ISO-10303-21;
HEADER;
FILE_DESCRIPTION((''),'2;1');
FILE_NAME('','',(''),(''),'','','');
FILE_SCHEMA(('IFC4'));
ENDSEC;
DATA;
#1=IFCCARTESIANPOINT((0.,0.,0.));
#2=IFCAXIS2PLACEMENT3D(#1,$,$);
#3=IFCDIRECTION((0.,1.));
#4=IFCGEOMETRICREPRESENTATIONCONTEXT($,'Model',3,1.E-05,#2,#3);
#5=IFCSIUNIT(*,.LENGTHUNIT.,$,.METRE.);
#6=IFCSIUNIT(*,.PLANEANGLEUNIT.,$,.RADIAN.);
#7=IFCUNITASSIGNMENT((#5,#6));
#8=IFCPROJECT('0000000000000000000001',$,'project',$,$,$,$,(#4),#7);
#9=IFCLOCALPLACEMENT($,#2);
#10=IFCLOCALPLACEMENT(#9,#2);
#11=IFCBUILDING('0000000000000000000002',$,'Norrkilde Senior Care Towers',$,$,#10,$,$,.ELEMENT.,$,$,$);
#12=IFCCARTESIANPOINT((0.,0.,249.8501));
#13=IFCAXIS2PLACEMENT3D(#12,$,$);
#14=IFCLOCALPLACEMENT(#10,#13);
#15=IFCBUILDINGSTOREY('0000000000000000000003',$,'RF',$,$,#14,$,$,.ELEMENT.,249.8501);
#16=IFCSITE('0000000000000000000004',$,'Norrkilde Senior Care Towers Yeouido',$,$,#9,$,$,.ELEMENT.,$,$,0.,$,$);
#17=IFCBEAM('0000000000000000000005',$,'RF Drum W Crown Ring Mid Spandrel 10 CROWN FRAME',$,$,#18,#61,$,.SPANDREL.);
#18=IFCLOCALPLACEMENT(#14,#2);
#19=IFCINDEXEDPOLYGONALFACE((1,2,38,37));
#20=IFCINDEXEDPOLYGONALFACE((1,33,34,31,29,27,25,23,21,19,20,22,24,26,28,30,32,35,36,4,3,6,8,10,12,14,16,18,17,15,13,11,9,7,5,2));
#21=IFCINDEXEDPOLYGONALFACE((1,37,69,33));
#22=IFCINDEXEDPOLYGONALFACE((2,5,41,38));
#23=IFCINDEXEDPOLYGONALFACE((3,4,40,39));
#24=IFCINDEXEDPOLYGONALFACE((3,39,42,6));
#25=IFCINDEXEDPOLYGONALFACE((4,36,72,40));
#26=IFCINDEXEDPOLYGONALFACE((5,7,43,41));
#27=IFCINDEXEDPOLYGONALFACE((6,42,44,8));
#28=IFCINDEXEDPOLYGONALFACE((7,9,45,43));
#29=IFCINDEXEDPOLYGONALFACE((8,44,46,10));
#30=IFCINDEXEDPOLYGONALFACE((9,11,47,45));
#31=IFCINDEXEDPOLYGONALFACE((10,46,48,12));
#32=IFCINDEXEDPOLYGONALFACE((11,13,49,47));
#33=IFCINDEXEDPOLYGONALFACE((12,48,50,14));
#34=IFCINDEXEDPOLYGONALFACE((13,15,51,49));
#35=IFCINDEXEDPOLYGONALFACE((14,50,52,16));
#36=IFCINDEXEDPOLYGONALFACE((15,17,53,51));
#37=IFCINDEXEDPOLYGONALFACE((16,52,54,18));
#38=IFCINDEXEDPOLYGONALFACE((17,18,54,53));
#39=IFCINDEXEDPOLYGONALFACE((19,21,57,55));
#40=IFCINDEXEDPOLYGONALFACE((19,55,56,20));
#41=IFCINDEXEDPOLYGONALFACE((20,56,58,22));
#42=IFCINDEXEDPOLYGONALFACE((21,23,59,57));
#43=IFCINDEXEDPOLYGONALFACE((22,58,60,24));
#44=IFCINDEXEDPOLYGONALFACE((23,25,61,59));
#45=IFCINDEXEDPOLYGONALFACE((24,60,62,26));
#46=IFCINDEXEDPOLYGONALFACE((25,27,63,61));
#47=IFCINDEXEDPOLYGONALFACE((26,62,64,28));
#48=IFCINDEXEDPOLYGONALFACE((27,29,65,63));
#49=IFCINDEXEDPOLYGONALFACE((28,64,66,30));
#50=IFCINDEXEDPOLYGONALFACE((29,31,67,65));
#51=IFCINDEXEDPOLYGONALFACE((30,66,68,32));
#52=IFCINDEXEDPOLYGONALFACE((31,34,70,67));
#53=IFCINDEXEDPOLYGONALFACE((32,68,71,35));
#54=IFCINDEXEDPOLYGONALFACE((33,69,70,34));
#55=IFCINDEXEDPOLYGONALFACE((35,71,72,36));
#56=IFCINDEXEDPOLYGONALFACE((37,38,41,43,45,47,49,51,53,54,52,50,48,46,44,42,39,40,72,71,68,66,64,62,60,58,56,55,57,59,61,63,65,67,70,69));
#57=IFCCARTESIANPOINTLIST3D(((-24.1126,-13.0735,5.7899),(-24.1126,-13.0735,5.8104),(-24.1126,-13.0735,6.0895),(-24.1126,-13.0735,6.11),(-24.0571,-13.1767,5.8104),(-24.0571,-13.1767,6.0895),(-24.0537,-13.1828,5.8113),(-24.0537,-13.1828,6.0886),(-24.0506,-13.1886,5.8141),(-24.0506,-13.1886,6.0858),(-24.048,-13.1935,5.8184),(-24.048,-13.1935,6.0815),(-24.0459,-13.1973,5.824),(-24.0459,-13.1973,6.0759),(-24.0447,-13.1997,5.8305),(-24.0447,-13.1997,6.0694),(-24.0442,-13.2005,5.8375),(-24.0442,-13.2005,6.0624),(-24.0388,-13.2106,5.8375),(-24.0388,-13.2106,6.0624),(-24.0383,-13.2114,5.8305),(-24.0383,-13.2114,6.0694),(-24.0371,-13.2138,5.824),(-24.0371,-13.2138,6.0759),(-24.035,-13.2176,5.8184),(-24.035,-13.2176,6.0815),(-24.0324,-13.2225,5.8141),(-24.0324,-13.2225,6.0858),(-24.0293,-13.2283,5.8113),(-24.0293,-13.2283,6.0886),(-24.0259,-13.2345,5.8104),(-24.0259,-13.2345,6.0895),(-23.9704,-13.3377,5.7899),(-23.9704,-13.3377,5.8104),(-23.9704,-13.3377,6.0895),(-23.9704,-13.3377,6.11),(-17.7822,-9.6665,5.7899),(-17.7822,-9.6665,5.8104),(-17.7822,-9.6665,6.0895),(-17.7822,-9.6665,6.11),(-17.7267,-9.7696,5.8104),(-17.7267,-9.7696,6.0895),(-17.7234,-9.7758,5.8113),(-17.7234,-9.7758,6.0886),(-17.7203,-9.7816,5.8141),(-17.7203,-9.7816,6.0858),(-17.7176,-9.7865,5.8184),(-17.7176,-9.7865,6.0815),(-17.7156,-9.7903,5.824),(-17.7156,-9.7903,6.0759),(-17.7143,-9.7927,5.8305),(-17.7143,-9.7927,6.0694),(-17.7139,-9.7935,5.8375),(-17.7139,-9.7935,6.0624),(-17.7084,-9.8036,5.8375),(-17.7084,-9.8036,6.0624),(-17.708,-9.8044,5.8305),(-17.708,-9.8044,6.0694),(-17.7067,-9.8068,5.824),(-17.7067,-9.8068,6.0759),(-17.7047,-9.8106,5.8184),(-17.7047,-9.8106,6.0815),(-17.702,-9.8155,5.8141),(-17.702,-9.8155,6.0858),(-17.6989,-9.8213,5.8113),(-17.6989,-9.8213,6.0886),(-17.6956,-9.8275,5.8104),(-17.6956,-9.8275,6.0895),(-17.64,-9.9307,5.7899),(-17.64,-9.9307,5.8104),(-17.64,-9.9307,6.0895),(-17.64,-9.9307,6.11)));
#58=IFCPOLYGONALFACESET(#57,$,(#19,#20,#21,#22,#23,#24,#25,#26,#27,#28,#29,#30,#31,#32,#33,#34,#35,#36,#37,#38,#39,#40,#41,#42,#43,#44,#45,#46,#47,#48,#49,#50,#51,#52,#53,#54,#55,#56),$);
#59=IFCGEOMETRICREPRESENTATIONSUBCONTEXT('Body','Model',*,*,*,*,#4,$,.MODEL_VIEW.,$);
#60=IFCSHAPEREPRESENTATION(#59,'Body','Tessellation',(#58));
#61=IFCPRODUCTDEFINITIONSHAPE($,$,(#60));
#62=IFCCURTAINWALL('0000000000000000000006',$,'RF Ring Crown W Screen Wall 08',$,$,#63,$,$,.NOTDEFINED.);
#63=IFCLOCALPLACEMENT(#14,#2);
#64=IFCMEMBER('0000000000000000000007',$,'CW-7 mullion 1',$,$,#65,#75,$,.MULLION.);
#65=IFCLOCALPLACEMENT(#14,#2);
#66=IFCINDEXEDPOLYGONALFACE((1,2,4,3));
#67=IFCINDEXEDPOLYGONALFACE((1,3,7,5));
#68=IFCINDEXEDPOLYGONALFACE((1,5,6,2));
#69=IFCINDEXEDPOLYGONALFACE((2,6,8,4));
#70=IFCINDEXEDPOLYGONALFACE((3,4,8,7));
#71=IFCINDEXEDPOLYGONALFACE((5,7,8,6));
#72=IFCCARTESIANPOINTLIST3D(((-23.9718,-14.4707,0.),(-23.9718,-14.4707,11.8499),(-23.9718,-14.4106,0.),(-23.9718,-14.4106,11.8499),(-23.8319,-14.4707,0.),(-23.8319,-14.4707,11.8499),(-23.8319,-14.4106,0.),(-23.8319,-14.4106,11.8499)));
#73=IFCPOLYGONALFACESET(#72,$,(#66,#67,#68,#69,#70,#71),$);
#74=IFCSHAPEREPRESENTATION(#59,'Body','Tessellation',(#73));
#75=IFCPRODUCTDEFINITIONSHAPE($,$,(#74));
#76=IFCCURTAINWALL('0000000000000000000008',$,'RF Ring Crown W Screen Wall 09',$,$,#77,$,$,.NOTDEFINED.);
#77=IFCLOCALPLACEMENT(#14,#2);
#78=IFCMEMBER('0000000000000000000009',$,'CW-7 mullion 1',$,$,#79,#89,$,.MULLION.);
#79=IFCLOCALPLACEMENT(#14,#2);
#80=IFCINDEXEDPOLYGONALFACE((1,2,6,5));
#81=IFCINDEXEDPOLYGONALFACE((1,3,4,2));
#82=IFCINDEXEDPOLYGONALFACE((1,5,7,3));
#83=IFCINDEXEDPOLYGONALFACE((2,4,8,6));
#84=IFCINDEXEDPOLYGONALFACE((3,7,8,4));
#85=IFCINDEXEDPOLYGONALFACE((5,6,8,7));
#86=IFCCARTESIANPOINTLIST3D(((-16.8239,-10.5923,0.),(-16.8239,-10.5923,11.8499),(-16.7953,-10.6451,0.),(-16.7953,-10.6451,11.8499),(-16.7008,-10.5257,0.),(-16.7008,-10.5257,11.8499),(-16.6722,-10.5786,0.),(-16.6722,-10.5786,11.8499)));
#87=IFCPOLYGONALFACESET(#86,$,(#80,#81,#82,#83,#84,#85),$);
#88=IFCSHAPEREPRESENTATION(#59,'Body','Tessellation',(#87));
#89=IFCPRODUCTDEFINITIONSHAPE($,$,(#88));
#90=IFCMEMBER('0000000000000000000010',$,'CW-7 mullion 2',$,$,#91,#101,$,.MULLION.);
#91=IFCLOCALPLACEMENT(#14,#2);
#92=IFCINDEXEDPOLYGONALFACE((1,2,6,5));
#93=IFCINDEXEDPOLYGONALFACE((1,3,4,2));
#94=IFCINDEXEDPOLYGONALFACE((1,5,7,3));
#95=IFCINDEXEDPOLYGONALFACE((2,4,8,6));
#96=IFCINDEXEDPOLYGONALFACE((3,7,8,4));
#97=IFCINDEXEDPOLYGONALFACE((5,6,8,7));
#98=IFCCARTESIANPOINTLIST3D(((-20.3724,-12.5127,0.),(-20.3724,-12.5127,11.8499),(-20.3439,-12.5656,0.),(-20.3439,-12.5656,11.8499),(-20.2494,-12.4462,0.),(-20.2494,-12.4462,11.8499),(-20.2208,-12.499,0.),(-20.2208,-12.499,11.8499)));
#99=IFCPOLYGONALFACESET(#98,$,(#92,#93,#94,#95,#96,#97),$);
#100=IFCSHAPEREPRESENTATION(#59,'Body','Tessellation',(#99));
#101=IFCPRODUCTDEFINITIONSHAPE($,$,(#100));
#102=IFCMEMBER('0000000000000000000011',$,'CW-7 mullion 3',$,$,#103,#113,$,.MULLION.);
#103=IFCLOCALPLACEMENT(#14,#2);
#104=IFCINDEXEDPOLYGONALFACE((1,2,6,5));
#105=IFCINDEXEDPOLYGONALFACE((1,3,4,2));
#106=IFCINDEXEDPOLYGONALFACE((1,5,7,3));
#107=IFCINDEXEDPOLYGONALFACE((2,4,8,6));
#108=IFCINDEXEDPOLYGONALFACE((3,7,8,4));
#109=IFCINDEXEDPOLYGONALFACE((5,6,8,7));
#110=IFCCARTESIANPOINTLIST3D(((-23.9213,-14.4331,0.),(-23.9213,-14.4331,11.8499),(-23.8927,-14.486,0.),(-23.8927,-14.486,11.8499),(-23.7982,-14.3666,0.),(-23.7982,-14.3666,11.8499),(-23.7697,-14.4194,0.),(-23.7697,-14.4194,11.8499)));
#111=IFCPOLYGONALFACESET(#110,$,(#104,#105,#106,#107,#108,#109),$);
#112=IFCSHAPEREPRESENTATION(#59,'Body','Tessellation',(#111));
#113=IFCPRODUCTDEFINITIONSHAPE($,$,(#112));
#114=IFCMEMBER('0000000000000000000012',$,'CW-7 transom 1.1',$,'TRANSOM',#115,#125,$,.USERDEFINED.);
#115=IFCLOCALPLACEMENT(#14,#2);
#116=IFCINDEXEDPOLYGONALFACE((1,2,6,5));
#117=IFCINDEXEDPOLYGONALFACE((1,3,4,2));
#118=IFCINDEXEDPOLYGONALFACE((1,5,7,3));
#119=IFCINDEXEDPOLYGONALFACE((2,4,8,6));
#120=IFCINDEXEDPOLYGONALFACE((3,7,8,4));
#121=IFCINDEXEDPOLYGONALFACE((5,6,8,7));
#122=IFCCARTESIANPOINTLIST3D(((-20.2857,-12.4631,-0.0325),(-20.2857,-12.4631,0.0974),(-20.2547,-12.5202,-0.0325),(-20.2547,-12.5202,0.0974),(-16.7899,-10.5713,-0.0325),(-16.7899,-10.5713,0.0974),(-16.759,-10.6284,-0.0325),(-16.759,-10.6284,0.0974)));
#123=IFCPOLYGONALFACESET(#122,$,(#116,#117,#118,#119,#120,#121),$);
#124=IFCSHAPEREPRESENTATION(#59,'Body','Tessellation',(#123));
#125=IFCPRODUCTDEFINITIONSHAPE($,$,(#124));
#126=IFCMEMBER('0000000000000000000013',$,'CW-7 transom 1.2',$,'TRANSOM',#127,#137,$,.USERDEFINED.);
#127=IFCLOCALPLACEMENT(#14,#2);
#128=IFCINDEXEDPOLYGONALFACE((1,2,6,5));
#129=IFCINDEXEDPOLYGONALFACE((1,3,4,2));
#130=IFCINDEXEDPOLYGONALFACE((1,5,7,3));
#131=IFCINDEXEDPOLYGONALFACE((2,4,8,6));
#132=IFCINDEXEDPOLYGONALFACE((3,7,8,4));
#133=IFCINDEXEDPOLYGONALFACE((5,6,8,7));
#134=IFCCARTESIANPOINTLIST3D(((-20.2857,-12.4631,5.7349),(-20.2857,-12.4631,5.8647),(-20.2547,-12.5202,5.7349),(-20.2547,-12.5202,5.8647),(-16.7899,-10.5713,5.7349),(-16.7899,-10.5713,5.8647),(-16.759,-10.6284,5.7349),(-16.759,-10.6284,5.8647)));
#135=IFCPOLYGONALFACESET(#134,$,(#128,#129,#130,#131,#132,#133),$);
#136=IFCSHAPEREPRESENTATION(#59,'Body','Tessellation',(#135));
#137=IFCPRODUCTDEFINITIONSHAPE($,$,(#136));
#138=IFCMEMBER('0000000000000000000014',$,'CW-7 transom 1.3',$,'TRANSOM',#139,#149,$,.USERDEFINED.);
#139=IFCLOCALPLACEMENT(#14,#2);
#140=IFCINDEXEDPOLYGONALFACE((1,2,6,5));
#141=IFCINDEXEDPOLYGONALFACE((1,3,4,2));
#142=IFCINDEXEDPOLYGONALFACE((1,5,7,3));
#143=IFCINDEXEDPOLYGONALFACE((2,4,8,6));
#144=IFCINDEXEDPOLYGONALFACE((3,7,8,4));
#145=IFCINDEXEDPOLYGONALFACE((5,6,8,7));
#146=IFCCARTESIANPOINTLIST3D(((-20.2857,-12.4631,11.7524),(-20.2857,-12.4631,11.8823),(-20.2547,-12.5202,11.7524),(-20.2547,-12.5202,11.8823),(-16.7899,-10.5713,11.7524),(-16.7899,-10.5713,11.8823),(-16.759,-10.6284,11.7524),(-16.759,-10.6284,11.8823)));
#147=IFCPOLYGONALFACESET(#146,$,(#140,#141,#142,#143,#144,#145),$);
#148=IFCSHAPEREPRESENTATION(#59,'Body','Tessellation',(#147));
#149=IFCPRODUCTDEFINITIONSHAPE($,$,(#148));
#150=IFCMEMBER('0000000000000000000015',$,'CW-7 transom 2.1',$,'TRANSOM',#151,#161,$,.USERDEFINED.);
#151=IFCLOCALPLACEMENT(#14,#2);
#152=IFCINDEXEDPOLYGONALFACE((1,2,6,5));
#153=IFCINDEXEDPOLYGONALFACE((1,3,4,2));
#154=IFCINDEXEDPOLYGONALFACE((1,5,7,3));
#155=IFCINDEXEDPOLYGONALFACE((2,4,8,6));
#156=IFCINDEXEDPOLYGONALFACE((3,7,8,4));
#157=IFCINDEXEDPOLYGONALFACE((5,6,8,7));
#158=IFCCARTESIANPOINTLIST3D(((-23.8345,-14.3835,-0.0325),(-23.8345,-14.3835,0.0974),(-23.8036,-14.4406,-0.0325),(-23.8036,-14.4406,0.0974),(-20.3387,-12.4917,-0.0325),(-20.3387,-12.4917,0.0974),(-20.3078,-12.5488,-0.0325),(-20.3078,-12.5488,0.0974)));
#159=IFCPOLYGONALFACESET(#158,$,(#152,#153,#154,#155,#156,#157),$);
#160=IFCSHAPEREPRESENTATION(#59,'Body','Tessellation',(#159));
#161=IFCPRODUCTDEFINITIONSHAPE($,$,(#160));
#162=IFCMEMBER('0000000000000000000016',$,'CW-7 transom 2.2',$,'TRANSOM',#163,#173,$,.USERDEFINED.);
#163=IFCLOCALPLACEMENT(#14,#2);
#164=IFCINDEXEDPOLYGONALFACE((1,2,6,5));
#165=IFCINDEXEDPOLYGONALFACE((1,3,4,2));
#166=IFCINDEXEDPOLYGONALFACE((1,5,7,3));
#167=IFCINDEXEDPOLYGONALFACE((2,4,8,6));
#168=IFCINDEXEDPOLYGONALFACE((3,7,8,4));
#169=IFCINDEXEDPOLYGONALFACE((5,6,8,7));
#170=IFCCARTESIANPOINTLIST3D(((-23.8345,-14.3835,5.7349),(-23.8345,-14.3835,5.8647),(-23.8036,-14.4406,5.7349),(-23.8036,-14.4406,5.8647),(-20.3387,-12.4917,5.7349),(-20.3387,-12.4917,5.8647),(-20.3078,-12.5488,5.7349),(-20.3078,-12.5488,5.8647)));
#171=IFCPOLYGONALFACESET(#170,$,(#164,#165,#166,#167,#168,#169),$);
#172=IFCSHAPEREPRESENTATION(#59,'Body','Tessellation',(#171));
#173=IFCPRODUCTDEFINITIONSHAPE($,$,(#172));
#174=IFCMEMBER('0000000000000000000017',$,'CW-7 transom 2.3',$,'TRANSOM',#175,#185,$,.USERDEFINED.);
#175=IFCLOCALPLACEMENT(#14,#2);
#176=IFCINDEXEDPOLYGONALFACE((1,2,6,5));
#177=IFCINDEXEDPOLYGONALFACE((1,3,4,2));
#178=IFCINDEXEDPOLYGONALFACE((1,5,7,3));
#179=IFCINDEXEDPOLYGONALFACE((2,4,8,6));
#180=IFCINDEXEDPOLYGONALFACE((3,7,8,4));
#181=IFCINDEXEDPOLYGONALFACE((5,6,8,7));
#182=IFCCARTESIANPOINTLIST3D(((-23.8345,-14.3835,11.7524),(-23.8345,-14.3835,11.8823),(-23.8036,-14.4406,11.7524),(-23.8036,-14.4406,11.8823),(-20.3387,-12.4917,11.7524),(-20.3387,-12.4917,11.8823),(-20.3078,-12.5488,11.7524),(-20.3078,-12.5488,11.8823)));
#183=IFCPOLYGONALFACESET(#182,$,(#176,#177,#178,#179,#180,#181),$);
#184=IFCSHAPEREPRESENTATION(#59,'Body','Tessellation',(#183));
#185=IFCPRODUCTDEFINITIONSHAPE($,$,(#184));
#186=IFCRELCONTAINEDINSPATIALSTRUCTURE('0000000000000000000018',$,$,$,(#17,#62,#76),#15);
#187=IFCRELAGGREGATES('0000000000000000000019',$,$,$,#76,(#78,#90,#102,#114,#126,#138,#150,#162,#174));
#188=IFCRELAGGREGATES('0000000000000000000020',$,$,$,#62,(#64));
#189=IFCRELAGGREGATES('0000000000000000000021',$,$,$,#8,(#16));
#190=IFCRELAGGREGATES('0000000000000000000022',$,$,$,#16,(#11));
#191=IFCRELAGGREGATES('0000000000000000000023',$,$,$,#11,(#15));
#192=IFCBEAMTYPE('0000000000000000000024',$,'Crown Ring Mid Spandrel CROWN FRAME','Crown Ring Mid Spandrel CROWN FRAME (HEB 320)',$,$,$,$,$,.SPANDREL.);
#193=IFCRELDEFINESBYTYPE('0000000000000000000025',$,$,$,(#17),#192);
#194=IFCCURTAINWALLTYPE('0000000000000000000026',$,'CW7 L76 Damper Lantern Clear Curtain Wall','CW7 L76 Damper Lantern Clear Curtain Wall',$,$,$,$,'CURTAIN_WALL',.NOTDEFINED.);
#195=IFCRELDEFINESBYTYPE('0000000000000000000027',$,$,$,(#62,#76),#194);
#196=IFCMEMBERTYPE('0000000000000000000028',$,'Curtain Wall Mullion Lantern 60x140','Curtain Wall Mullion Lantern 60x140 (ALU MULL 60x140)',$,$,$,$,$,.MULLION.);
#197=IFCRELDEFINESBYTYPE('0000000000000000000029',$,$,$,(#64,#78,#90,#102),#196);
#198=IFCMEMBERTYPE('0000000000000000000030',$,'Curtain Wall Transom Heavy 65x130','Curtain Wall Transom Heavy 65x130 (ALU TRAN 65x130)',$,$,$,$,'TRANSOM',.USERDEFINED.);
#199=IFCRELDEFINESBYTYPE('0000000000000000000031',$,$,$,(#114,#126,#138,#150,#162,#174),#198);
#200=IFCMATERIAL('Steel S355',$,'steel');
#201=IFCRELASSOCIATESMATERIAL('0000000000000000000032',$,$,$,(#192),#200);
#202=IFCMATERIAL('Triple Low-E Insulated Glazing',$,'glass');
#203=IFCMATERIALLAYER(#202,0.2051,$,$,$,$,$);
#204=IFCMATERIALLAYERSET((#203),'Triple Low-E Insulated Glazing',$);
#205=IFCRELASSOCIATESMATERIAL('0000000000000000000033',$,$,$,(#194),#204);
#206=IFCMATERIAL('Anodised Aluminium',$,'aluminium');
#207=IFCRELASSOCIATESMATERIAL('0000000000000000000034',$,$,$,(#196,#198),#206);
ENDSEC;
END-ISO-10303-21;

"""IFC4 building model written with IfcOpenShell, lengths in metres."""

from ifc_helpers import new_model, si_unit, direction, frame, origin, origin_2d, place, context, subcontext, project, spatial, rectangle, i_section, extrude, source, transform, mapped, material, layer, layer_set, material_profile, profile_set, type_object, type_shapes, element, aggregate, save


model = new_model("IFC4")

# Units and contexts
model_context = context("Model", 3, precision=1e-05, world=origin(), true_north=direction((0.0, 1.0)))
body_context = subcontext(model_context, "Body", "Model", "MODEL_VIEW")
ifc_project = project(units=[si_unit("LENGTHUNIT", "METRE"), si_unit("PLANEANGLEUNIT", "RADIAN")], contexts=[model_context])

# Site, building, storey
site_placement = place(None, origin())
site = spatial("IfcSite", under=ifc_project, at=site_placement, Name="Norrkilde Senior Care Towers Yeouido", CompositionType="ELEMENT", RefElevation=0.0)
building_placement = place(site_placement, origin())
building = spatial("IfcBuilding", under=site, at=building_placement, Name="Norrkilde Senior Care Towers", CompositionType="ELEMENT")
storey_placement = place(building_placement, frame((0.0, 0.0, 249.8501)))
storey = spatial("IfcBuildingStorey", under=building, at=storey_placement, Name="RF", CompositionType="ELEMENT", Elevation=249.8501)

# Shared definitions
ifc_material_1 = material(Name="Steel S355", Category="steel")

# Shared definitions
ifc_material_profile_1 = material_profile(ifc_material_1, i_section(OverallWidth=0.3, OverallDepth=0.3201, WebThickness=0.0115, FlangeThickness=0.0205, FilletRadius=0.0271, at=origin_2d()), Name="HEB 320")
ifc_profile_set_1 = profile_set([ifc_material_profile_1], Name="Steel S355")
beam_type_1 = type_object("IfcBeamType", Name="Crown Ring Mid Spandrel CROWN FRAME", Description="Crown Ring Mid Spandrel CROWN FRAME (HEB 320)", PredefinedType="SPANDREL", material=ifc_profile_set_1)

# Beam
shared_shape_1 = source(origin(), body_context, "Body", "SweptSolid", [
    extrude(i_section(OverallWidth=0.3, OverallDepth=0.3201, WebThickness=0.0115, FlangeThickness=0.0205, FilletRadius=0.0271, at=origin_2d()), origin(), (0.0, 0.0, 1.0), 7.189),
])
beam_1_placement = place(storey_placement, frame((-24.0415, -13.2056, 5.95), z_axis=(0.880567, 0.473922, 0.0), x_axis=(-0.473922, 0.880567, 0.0)))
element("IfcBeam", 1, at=beam_1_placement, inside=storey, type_object=beam_type_1, Name="RF Drum W Crown Ring Mid Spandrel 10 CROWN FRAME", PredefinedType="SPANDREL", context=body_context, shape_type="MappedRepresentation", body=[
    mapped(shared_shape_1, transform((0.0, 0.0, 0.0), x_axis=(1.0, 0.0, 0.0), y_axis=(0.0, 1.0, 0.0), z_axis=(0.0, 0.0, 1.0), scale=1.0)),
])

# Curtain wall, member
ifc_material_2 = material(Name="Triple Low-E Insulated Glazing", Category="glass")
ifc_layer_1 = layer(ifc_material_2, 0.2051)
ifc_layer_set_1 = layer_set([ifc_layer_1], Name="Triple Low-E Insulated Glazing")
curtain_wall_type = type_object("IfcCurtainWallType", Name="CW7 L76 Damper Lantern Clear Curtain Wall", Description="CW7 L76 Damper Lantern Clear Curtain Wall", ElementType="CURTAIN_WALL", PredefinedType="NOTDEFINED", material=ifc_layer_set_1)
curtain_wall_1_placement = place(storey_placement, origin())
curtain_wall_1 = element("IfcCurtainWall", 2, at=curtain_wall_1_placement, inside=storey, type_object=curtain_wall_type, Name="RF Ring Crown W Screen Wall 08", PredefinedType="NOTDEFINED")
ifc_material_3 = material(Name="Anodised Aluminium", Category="aluminium")
ifc_material_profile_2 = material_profile(ifc_material_3, rectangle(XDim=0.0601, YDim=0.1399, at=origin_2d()), Name="ALU MULL 60x140")
ifc_profile_set_2 = profile_set([ifc_material_profile_2], Name="Anodised Aluminium")
member_type_1 = type_object("IfcMemberType", Name="Curtain Wall Mullion Lantern 60x140", Description="Curtain Wall Mullion Lantern 60x140 (ALU MULL 60x140)", PredefinedType="MULLION", material=ifc_profile_set_2)
shared_shape_2 = source(origin(), body_context, "Body", "SweptSolid", [
    extrude(rectangle(XDim=0.0601, YDim=0.1399, at=origin_2d()), origin(), (0.0, 0.0, 1.0), 11.8499),
])
type_shapes(member_type_1, [shared_shape_2])
member_1_placement = place(storey_placement, frame((-23.9019, -14.4407, 0.0), z_axis=(0.0, 0.0, 1.0), x_axis=(0.0, -1.0, 0.0)))
member_1 = element("IfcMember", 3, at=member_1_placement, type_object=member_type_1, Name="CW-7 mullion 1", PredefinedType="MULLION", context=body_context, shape_type="MappedRepresentation", body=[
    mapped(shared_shape_2, transform((0.0, 0.0, 0.0), x_axis=(1.0, 0.0, 0.0), y_axis=(0.0, 1.0, 0.0), z_axis=(0.0, 0.0, 1.0), scale=1.0)),
])

# Curtain wall, members
curtain_wall_2_placement = place(storey_placement, origin())
curtain_wall_2 = element("IfcCurtainWall", 4, at=curtain_wall_2_placement, inside=storey, type_object=curtain_wall_type, Name="RF Ring Crown W Screen Wall 09", PredefinedType="NOTDEFINED")
member_2_placement = place(storey_placement, frame((-16.748, -10.5854, 0.0), z_axis=(0.0, 0.0, 1.0), x_axis=(0.475934, -0.879481, 0.0)))
member_2 = element("IfcMember", 5, at=member_2_placement, type_object=member_type_1, Name="CW-7 mullion 1", PredefinedType="MULLION", context=body_context, shape_type="MappedRepresentation", body=[
    mapped(shared_shape_2, transform((0.0, 0.0, 0.0), x_axis=(1.0, 0.0, 0.0), y_axis=(0.0, 1.0, 0.0), z_axis=(0.0, 0.0, 1.0), scale=1.0)),
])
member_3_placement = place(storey_placement, frame((-20.2966, -12.5059, 0.0), z_axis=(0.0, 0.0, 1.0), x_axis=(0.475934, -0.879481, 0.0)))
member_3 = element("IfcMember", 6, at=member_3_placement, type_object=member_type_1, Name="CW-7 mullion 2", PredefinedType="MULLION", context=body_context, shape_type="MappedRepresentation", body=[
    mapped(shared_shape_2, transform((0.0, 0.0, 0.0), x_axis=(1.0, 0.0, 0.0), y_axis=(0.0, 1.0, 0.0), z_axis=(0.0, 0.0, 1.0), scale=1.0)),
])
member_4_placement = place(storey_placement, frame((-23.8455, -14.4263, 0.0), z_axis=(0.0, 0.0, 1.0), x_axis=(0.475934, -0.879481, 0.0)))
member_4 = element("IfcMember", 7, at=member_4_placement, type_object=member_type_1, Name="CW-7 mullion 3", PredefinedType="MULLION", context=body_context, shape_type="MappedRepresentation", body=[
    mapped(shared_shape_2, transform((0.0, 0.0, 0.0), x_axis=(1.0, 0.0, 0.0), y_axis=(0.0, 1.0, 0.0), z_axis=(0.0, 0.0, 1.0), scale=1.0)),
])
ifc_material_profile_3 = material_profile(ifc_material_3, rectangle(XDim=0.0649, YDim=0.1299, at=origin_2d()), Name="ALU TRAN 65x130")
ifc_profile_set_3 = profile_set([ifc_material_profile_3], Name="Anodised Aluminium")
member_type_2 = type_object("IfcMemberType", Name="Curtain Wall Transom Heavy 65x130", Description="Curtain Wall Transom Heavy 65x130 (ALU TRAN 65x130)", ElementType="TRANSOM", PredefinedType="USERDEFINED", material=ifc_profile_set_3)
shared_shape_3 = source(origin(), body_context, "Body", "SweptSolid", [
    extrude(rectangle(XDim=0.0649, YDim=0.1299, at=origin_2d()), origin(), (0.0, 0.0, 1.0), 3.9749),
])
member_5_placement = place(storey_placement, frame((-16.7744, -10.5999, 0.0325), z_axis=(-0.879475, -0.475945, 0.0), x_axis=(0.475945, -0.879475, 0.0)))
member_5 = element("IfcMember", 8, at=member_5_placement, type_object=member_type_2, Name="CW-7 transom 1.1", ObjectType="TRANSOM", PredefinedType="USERDEFINED", context=body_context, shape_type="MappedRepresentation", body=[
    mapped(shared_shape_3, transform((0.0, 0.0, 0.0), x_axis=(1.0, 0.0, 0.0), y_axis=(0.0, 1.0, 0.0), z_axis=(0.0, 0.0, 1.0), scale=1.0)),
])
member_6_placement = place(storey_placement, frame((-16.7744, -10.5999, 5.7998), z_axis=(-0.879475, -0.475945, 0.0), x_axis=(0.475945, -0.879475, 0.0)))
member_6 = element("IfcMember", 9, at=member_6_placement, type_object=member_type_2, Name="CW-7 transom 1.2", ObjectType="TRANSOM", PredefinedType="USERDEFINED", context=body_context, shape_type="MappedRepresentation", body=[
    mapped(shared_shape_3, transform((0.0, 0.0, 0.0), x_axis=(1.0, 0.0, 0.0), y_axis=(0.0, 1.0, 0.0), z_axis=(0.0, 0.0, 1.0), scale=1.0)),
])
member_7_placement = place(storey_placement, frame((-16.7744, -10.5999, 11.8174), z_axis=(-0.879475, -0.475945, 0.0), x_axis=(0.475945, -0.879475, 0.0)))
member_7 = element("IfcMember", 10, at=member_7_placement, type_object=member_type_2, Name="CW-7 transom 1.3", ObjectType="TRANSOM", PredefinedType="USERDEFINED", context=body_context, shape_type="MappedRepresentation", body=[
    mapped(shared_shape_3, transform((0.0, 0.0, 0.0), x_axis=(1.0, 0.0, 0.0), y_axis=(0.0, 1.0, 0.0), z_axis=(0.0, 0.0, 1.0), scale=1.0)),
])
member_8_placement = place(storey_placement, frame((-20.3232, -12.5203, 0.0325), z_axis=(-0.879475, -0.475945, 0.0), x_axis=(0.475945, -0.879475, 0.0)))
member_8 = element("IfcMember", 11, at=member_8_placement, type_object=member_type_2, Name="CW-7 transom 2.1", ObjectType="TRANSOM", PredefinedType="USERDEFINED", context=body_context, shape_type="MappedRepresentation", body=[
    mapped(shared_shape_3, transform((0.0, 0.0, 0.0), x_axis=(1.0, 0.0, 0.0), y_axis=(0.0, 1.0, 0.0), z_axis=(0.0, 0.0, 1.0), scale=1.0)),
])
member_9_placement = place(storey_placement, frame((-20.3232, -12.5203, 5.7998), z_axis=(-0.879475, -0.475945, 0.0), x_axis=(0.475945, -0.879475, 0.0)))
member_9 = element("IfcMember", 12, at=member_9_placement, type_object=member_type_2, Name="CW-7 transom 2.2", ObjectType="TRANSOM", PredefinedType="USERDEFINED", context=body_context, shape_type="MappedRepresentation", body=[
    mapped(shared_shape_3, transform((0.0, 0.0, 0.0), x_axis=(1.0, 0.0, 0.0), y_axis=(0.0, 1.0, 0.0), z_axis=(0.0, 0.0, 1.0), scale=1.0)),
])
member_10_placement = place(storey_placement, frame((-20.3232, -12.5203, 11.8174), z_axis=(-0.879475, -0.475945, 0.0), x_axis=(0.475945, -0.879475, 0.0)))
member_10 = element("IfcMember", 13, at=member_10_placement, type_object=member_type_2, Name="CW-7 transom 2.3", ObjectType="TRANSOM", PredefinedType="USERDEFINED", context=body_context, shape_type="MappedRepresentation", body=[
    mapped(shared_shape_3, transform((0.0, 0.0, 0.0), x_axis=(1.0, 0.0, 0.0), y_axis=(0.0, 1.0, 0.0), z_axis=(0.0, 0.0, 1.0), scale=1.0)),
])

aggregate(curtain_wall_2, [member_2, member_3, member_4, member_5, member_6, member_7, member_8, member_9, member_10])
aggregate(curtain_wall_1, [member_1])

save(model, "model.ifc")
